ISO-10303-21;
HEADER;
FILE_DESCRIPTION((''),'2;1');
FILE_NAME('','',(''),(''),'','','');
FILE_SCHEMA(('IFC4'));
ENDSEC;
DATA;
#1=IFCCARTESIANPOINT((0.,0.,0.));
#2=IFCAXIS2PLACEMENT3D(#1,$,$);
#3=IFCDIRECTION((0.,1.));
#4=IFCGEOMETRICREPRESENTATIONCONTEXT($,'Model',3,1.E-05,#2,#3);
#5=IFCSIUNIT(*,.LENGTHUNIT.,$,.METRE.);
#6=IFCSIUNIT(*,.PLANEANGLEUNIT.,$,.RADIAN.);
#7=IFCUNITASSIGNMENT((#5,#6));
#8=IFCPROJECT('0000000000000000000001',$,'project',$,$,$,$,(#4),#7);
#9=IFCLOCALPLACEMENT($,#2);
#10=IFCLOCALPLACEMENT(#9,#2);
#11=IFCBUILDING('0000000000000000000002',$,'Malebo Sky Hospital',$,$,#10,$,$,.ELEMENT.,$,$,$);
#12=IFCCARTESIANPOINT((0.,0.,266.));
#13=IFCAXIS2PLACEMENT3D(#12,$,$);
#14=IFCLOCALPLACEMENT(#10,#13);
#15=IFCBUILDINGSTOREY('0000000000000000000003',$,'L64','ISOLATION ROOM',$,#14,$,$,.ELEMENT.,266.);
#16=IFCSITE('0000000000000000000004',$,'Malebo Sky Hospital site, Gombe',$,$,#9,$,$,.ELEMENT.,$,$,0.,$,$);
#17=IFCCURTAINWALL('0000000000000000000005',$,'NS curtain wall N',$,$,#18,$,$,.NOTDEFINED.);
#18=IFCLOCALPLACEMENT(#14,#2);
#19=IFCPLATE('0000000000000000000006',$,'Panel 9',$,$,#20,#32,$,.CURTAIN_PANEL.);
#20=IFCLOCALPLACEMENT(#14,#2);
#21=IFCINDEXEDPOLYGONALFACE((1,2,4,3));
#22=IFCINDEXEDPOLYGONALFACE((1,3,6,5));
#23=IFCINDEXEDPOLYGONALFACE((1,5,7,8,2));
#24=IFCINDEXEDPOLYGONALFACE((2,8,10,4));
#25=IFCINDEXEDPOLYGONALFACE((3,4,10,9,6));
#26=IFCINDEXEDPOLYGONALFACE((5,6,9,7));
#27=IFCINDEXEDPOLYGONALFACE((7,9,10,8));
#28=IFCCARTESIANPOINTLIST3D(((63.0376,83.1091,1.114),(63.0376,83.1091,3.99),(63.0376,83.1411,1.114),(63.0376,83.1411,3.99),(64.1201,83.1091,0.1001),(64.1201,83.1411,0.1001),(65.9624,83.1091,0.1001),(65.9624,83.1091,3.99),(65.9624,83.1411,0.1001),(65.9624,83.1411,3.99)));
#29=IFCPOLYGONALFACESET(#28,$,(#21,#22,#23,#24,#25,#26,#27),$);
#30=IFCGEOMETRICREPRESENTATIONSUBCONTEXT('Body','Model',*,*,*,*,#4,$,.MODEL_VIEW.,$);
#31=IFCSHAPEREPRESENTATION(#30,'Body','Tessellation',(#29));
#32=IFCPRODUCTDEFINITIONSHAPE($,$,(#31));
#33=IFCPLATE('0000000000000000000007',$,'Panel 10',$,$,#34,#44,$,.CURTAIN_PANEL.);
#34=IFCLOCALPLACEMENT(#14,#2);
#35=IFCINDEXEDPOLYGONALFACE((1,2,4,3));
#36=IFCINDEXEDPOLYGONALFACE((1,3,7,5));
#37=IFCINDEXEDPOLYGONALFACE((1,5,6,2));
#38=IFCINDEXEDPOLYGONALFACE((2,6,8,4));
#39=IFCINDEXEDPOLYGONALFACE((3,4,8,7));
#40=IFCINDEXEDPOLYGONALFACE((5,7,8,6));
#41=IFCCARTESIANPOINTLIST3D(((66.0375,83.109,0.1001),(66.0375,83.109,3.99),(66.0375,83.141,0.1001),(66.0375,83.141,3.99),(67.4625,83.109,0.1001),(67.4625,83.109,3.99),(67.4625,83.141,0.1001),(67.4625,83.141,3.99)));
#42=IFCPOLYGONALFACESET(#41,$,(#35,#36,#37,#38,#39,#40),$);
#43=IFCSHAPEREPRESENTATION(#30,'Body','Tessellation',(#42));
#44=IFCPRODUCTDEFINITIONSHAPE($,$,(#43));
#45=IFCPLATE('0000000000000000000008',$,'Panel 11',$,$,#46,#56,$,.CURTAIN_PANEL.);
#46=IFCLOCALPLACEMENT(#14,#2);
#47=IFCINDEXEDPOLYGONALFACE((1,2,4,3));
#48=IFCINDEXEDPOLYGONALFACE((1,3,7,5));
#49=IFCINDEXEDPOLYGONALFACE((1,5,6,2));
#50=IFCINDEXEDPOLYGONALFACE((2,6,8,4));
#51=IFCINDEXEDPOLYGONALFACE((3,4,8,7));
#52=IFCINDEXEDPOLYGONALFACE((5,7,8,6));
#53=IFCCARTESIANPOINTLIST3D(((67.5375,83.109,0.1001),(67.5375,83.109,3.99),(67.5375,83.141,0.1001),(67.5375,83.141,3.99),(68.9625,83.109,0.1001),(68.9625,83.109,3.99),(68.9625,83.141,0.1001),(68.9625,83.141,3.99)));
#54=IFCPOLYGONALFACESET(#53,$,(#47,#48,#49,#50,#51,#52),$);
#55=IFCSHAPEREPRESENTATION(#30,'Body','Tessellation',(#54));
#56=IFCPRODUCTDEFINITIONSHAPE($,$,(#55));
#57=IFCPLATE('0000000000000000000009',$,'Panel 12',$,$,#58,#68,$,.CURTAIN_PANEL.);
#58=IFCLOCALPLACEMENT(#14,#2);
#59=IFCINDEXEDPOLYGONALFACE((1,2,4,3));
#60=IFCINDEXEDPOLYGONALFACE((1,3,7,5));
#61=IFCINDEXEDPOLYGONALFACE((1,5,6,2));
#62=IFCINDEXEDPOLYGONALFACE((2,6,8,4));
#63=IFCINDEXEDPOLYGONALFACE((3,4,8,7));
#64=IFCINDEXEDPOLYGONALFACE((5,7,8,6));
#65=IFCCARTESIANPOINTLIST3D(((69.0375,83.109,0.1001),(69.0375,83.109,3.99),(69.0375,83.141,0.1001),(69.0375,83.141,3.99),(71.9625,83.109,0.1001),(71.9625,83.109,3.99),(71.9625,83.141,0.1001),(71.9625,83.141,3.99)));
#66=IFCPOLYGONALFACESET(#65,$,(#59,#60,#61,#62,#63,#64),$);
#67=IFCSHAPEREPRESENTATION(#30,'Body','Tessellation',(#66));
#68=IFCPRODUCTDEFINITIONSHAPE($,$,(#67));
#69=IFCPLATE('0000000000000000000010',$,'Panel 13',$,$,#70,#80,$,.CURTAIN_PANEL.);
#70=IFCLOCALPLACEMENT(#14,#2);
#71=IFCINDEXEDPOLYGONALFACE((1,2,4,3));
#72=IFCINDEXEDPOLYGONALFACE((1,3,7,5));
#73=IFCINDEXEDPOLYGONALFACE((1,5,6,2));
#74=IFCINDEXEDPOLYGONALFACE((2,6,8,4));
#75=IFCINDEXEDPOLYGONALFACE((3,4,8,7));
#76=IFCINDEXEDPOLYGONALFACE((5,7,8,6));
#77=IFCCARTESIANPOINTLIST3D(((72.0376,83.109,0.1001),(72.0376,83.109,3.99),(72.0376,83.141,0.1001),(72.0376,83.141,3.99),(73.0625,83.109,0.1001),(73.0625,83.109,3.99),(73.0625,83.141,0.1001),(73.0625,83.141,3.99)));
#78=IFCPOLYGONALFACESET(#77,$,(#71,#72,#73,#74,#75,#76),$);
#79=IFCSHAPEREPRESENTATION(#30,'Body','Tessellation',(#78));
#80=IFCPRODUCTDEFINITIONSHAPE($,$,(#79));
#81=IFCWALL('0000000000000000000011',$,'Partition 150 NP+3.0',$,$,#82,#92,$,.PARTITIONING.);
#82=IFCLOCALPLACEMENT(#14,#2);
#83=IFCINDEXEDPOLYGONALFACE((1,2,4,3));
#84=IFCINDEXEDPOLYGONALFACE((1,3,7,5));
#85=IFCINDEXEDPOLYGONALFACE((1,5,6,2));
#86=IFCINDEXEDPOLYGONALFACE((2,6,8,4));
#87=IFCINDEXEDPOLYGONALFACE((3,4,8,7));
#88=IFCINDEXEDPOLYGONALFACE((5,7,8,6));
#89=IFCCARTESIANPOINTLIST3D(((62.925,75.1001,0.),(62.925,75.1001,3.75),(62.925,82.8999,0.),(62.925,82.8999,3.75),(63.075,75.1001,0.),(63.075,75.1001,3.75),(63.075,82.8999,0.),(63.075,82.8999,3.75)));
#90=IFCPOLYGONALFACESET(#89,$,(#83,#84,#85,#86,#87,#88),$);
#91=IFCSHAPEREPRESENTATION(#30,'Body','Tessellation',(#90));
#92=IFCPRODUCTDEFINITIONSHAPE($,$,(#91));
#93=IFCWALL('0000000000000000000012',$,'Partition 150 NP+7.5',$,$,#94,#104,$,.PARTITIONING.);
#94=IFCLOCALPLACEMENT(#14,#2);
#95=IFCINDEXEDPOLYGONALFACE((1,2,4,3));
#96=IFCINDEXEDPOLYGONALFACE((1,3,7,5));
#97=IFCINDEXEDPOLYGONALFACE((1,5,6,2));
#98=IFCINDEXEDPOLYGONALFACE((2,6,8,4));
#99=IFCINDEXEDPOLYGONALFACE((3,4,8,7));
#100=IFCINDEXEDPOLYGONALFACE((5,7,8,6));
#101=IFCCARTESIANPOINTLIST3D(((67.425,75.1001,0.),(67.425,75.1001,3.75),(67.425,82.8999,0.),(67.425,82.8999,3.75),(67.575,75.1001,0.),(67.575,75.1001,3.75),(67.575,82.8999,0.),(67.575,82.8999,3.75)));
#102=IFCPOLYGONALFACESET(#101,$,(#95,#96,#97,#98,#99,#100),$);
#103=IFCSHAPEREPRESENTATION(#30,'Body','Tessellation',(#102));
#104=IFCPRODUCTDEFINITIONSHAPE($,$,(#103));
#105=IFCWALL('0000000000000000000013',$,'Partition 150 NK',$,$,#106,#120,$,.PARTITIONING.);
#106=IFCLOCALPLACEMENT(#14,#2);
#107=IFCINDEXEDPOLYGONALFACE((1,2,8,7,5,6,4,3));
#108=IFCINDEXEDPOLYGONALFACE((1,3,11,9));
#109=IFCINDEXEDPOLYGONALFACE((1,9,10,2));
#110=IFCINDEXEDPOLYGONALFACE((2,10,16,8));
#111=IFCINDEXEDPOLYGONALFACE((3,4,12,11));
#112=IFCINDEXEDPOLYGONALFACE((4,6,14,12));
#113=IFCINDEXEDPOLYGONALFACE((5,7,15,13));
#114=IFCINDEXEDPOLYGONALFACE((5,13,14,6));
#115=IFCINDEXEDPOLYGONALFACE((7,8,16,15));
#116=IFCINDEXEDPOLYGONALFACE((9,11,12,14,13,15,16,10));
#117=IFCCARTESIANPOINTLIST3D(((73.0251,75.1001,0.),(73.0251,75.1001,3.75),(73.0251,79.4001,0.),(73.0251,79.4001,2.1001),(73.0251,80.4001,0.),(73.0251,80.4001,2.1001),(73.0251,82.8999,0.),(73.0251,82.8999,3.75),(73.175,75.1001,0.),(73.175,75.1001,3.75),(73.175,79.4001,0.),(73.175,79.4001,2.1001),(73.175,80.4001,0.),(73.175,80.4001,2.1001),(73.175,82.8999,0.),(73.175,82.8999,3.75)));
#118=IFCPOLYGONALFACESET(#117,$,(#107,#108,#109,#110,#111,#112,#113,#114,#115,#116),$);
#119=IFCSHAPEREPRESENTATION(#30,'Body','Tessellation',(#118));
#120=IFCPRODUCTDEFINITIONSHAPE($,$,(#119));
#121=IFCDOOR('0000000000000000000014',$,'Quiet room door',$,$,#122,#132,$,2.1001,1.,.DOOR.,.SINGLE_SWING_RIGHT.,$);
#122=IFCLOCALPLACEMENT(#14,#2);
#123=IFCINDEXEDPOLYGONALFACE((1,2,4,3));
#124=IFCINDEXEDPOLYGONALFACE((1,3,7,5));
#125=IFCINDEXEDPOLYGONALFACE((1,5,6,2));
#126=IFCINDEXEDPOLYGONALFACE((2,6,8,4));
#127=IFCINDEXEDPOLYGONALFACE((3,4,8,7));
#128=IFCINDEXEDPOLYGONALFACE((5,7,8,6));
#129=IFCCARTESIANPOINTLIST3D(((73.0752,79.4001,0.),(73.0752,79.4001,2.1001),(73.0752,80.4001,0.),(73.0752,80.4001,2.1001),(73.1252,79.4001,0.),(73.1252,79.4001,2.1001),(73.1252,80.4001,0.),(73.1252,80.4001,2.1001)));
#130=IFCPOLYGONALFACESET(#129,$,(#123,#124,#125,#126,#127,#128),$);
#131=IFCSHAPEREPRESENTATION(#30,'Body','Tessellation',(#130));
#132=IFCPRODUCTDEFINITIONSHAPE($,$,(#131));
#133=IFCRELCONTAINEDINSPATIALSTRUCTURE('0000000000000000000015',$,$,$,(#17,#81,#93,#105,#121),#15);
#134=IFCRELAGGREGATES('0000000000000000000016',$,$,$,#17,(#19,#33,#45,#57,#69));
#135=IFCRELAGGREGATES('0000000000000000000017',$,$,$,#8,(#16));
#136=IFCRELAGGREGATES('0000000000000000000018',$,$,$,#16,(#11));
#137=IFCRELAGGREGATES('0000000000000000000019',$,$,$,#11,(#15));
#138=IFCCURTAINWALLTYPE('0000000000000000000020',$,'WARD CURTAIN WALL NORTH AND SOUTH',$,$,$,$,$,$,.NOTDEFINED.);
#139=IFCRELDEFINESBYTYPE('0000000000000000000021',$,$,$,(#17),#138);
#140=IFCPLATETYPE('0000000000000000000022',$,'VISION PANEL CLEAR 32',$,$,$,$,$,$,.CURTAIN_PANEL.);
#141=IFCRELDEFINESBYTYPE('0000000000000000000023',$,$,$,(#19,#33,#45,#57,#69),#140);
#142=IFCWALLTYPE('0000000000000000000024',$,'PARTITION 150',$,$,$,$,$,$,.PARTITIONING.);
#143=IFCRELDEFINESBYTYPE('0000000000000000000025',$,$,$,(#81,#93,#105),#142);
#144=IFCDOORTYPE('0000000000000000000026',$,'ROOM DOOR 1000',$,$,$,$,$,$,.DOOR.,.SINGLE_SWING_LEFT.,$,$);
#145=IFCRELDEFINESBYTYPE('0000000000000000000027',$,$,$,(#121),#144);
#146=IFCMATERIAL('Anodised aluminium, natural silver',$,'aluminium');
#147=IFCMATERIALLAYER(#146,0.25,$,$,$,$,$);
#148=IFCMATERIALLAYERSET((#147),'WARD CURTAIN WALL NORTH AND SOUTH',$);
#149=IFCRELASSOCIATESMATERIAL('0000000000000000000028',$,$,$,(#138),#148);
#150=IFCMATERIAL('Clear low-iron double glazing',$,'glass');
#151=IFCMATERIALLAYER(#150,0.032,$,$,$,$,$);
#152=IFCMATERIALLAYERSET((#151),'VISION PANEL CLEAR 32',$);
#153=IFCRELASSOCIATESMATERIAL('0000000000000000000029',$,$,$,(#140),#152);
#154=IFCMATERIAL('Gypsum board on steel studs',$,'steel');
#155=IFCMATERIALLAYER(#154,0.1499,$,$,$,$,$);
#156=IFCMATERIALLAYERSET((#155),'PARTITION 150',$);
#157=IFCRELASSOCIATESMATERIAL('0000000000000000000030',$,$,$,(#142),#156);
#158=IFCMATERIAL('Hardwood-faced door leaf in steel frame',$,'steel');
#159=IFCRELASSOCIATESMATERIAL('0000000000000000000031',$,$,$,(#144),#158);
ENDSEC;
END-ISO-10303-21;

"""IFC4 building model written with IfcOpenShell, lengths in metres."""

from ifc_helpers import new_model, si_unit, direction, frame, frame_2d, origin, origin_2d, place, context, subcontext, project, spatial, polyline, rectangle, outline, extrude, material, layer, layer_set, type_object, element, fill, aggregate, save


model = new_model("IFC4")

# Units and contexts
model_context = context("Model", 3, precision=1e-05, world=origin(), true_north=direction((0.0, 1.0)))
body_context = subcontext(model_context, "Body", "Model", "MODEL_VIEW")
ifc_project = project(units=[si_unit("LENGTHUNIT", "METRE"), si_unit("PLANEANGLEUNIT", "RADIAN")], contexts=[model_context])

# Site, building, storey
site_placement = place(None, origin())
site = spatial("IfcSite", under=ifc_project, at=site_placement, Name="Malebo Sky Hospital site, Gombe", CompositionType="ELEMENT", RefElevation=0.0)
building_placement = place(site_placement, origin())
building = spatial("IfcBuilding", under=site, at=building_placement, Name="Malebo Sky Hospital", CompositionType="ELEMENT")
storey_placement = place(building_placement, frame((0.0, 0.0, 266.0)))
storey = spatial("IfcBuildingStorey", under=building, at=storey_placement, Name="L64", Description="ISOLATION ROOM", CompositionType="ELEMENT", Elevation=266.0)

# Curtain wall
ifc_material_1 = material(Name="Anodised aluminium, natural silver", Category="aluminium")
ifc_layer_1 = layer(ifc_material_1, 0.25)
ifc_layer_set_1 = layer_set([ifc_layer_1], Name="WARD CURTAIN WALL NORTH AND SOUTH")
curtain_wall_type = type_object("IfcCurtainWallType", Name="WARD CURTAIN WALL NORTH AND SOUTH", PredefinedType="NOTDEFINED", material=ifc_layer_set_1)
curtain_wall_placement = place(storey_placement, origin())
curtain_wall = element("IfcCurtainWall", 1, at=curtain_wall_placement, inside=storey, type_object=curtain_wall_type, Name="NS curtain wall N", PredefinedType="NOTDEFINED")

# Plates
ifc_material_2 = material(Name="Clear low-iron double glazing", Category="glass")
ifc_layer_2 = layer(ifc_material_2, 0.032)
ifc_layer_set_2 = layer_set([ifc_layer_2], Name="VISION PANEL CLEAR 32")
plate_type = type_object("IfcPlateType", Name="VISION PANEL CLEAR 32", PredefinedType="CURTAIN_PANEL", material=ifc_layer_set_2)
plate_1_placement = place(storey_placement, frame((64.5, 83.125, 0.1001), z_axis=(0.0, 0.0, 1.0), x_axis=(1.0, 0.0, 0.0)))
plate_1 = element("IfcPlate", 2, at=plate_1_placement, type_object=plate_type, Name="Panel 9", PredefinedType="CURTAIN_PANEL", context=body_context, shape_type="SweptSolid", body=[
    extrude(outline(polyline([(-0.3799, 0.0), (1.4624, 0.0), (1.4624, 3.8899), (-1.4624, 3.8899), (-1.4624, 1.0139), (-0.3799, 0.0)])), frame((0.0, 0.0161, 0.0), z_axis=(0.0, -1.0, 0.0), x_axis=(1.0, 0.0, 0.0)), (0.0, 0.0, 1.0), 0.032),
])
plate_2_placement = place(storey_placement, frame((66.75, 83.125, 0.1001), z_axis=(0.0, 0.0, 1.0), x_axis=(1.0, 0.0, 0.0)))
plate_2 = element("IfcPlate", 3, at=plate_2_placement, type_object=plate_type, Name="Panel 10", PredefinedType="CURTAIN_PANEL", context=body_context, shape_type="SweptSolid", body=[
    extrude(rectangle(XDim=1.425, YDim=0.032, at=origin_2d()), origin(), (0.0, 0.0, 1.0), 3.8899),
])
plate_3_placement = place(storey_placement, frame((68.25, 83.125, 0.1001), z_axis=(0.0, 0.0, 1.0), x_axis=(1.0, 0.0, 0.0)))
plate_3 = element("IfcPlate", 4, at=plate_3_placement, type_object=plate_type, Name="Panel 11", PredefinedType="CURTAIN_PANEL", context=body_context, shape_type="SweptSolid", body=[
    extrude(rectangle(XDim=1.425, YDim=0.032, at=origin_2d()), origin(), (0.0, 0.0, 1.0), 3.8899),
])
plate_4_placement = place(storey_placement, frame((70.5, 83.125, 0.1001), z_axis=(0.0, 0.0, 1.0), x_axis=(1.0, 0.0, 0.0)))
plate_4 = element("IfcPlate", 5, at=plate_4_placement, type_object=plate_type, Name="Panel 12", PredefinedType="CURTAIN_PANEL", context=body_context, shape_type="SweptSolid", body=[
    extrude(rectangle(XDim=2.925, YDim=0.032, at=origin_2d()), origin(), (0.0, 0.0, 1.0), 3.8899),
])
plate_5_placement = place(storey_placement, frame((72.55, 83.125, 0.1001), z_axis=(0.0, 0.0, 1.0), x_axis=(1.0, 0.0, 0.0)))
plate_5 = element("IfcPlate", 6, at=plate_5_placement, type_object=plate_type, Name="Panel 13", PredefinedType="CURTAIN_PANEL", context=body_context, shape_type="SweptSolid", body=[
    extrude(rectangle(XDim=1.0249, YDim=0.032, at=origin_2d()), origin(), (0.0, 0.0, 1.0), 3.8899),
])
aggregate(curtain_wall, [plate_1, plate_2, plate_3, plate_4, plate_5])

# Walls
ifc_material_3 = material(Name="Gypsum board on steel studs", Category="steel")
ifc_layer_3 = layer(ifc_material_3, 0.1499)
ifc_layer_set_3 = layer_set([ifc_layer_3], Name="PARTITION 150")
wall_type = type_object("IfcWallType", Name="PARTITION 150", PredefinedType="PARTITIONING", material=ifc_layer_set_3)
for number, where, z_axis, x_axis, name in (
    (7, (63.0, 75.1001, 0.0), (0.0, 0.0, 1.0), (0.0, 1.0, 0.0), "Partition 150 NP+3.0"),
    (8, (67.5, 75.1001, 0.0), (0.0, 0.0, 1.0), (0.0, 1.0, 0.0), "Partition 150 NP+7.5"),
):
    element("IfcWall", number, at=place(storey_placement, frame(where, z_axis=z_axis, x_axis=x_axis)), inside=storey, type_object=wall_type, Name=name, PredefinedType="PARTITIONING", context=body_context, shape_type="SweptSolid", body=[
        extrude(rectangle(XDim=7.7998, YDim=0.1499, at=frame_2d((3.8999, 0.0))), origin(), (0.0, 0.0, 1.0), 3.75),
    ])

# Wall, opening, door
wall_placement = place(storey_placement, frame((73.1001, 75.1001, 0.0), z_axis=(0.0, 0.0, 1.0), x_axis=(0.0, 1.0, 0.0)))
wall = element("IfcWall", 9, at=wall_placement, inside=storey, type_object=wall_type, Name="Partition 150 NK", PredefinedType="PARTITIONING", context=body_context, shape_type="SweptSolid", body=[
    extrude(rectangle(XDim=7.7998, YDim=0.1499, at=frame_2d((3.8999, 0.0))), origin(), (0.0, 0.0, 1.0), 3.75),
])
opening_placement = place(wall_placement, frame((4.3, 0.0, 0.0)))
opening = element("IfcOpeningElement", 10, at=opening_placement, cuts=wall, PredefinedType="OPENING", context=body_context, shape_type="SweptSolid", body=[
    extrude(rectangle(XDim=1.0, YDim=2.1001, at=frame_2d((0.5, 1.05))), frame((0.0, 0.085, 0.0), z_axis=(0.0, -1.0, 0.0), x_axis=(1.0, 0.0, 0.0)), (0.0, 0.0, 1.0), 0.1699),
])
ifc_material_4 = material(Name="Hardwood-faced door leaf in steel frame", Category="steel")
door_type = type_object("IfcDoorType", Name="ROOM DOOR 1000", OperationType="SINGLE_SWING_LEFT", PredefinedType="DOOR", material=ifc_material_4)
door_placement = place(opening_placement, origin())
door = element("IfcDoor", 11, at=door_placement, inside=storey, type_object=door_type, Name="Quiet room door", OperationType="SINGLE_SWING_RIGHT", OverallHeight=2.1001, OverallWidth=1.0, PredefinedType="DOOR", context=body_context, shape_type="SweptSolid", body=[
    extrude(rectangle(XDim=1.0, YDim=2.1001, at=frame_2d((0.5, 1.05))), frame((0.0, 0.0249, 0.0), z_axis=(0.0, -1.0, 0.0), x_axis=(1.0, 0.0, 0.0)), (0.0, 0.0, 1.0), 0.05),
])
fill(opening, door)

save(model, "model.ifc")
